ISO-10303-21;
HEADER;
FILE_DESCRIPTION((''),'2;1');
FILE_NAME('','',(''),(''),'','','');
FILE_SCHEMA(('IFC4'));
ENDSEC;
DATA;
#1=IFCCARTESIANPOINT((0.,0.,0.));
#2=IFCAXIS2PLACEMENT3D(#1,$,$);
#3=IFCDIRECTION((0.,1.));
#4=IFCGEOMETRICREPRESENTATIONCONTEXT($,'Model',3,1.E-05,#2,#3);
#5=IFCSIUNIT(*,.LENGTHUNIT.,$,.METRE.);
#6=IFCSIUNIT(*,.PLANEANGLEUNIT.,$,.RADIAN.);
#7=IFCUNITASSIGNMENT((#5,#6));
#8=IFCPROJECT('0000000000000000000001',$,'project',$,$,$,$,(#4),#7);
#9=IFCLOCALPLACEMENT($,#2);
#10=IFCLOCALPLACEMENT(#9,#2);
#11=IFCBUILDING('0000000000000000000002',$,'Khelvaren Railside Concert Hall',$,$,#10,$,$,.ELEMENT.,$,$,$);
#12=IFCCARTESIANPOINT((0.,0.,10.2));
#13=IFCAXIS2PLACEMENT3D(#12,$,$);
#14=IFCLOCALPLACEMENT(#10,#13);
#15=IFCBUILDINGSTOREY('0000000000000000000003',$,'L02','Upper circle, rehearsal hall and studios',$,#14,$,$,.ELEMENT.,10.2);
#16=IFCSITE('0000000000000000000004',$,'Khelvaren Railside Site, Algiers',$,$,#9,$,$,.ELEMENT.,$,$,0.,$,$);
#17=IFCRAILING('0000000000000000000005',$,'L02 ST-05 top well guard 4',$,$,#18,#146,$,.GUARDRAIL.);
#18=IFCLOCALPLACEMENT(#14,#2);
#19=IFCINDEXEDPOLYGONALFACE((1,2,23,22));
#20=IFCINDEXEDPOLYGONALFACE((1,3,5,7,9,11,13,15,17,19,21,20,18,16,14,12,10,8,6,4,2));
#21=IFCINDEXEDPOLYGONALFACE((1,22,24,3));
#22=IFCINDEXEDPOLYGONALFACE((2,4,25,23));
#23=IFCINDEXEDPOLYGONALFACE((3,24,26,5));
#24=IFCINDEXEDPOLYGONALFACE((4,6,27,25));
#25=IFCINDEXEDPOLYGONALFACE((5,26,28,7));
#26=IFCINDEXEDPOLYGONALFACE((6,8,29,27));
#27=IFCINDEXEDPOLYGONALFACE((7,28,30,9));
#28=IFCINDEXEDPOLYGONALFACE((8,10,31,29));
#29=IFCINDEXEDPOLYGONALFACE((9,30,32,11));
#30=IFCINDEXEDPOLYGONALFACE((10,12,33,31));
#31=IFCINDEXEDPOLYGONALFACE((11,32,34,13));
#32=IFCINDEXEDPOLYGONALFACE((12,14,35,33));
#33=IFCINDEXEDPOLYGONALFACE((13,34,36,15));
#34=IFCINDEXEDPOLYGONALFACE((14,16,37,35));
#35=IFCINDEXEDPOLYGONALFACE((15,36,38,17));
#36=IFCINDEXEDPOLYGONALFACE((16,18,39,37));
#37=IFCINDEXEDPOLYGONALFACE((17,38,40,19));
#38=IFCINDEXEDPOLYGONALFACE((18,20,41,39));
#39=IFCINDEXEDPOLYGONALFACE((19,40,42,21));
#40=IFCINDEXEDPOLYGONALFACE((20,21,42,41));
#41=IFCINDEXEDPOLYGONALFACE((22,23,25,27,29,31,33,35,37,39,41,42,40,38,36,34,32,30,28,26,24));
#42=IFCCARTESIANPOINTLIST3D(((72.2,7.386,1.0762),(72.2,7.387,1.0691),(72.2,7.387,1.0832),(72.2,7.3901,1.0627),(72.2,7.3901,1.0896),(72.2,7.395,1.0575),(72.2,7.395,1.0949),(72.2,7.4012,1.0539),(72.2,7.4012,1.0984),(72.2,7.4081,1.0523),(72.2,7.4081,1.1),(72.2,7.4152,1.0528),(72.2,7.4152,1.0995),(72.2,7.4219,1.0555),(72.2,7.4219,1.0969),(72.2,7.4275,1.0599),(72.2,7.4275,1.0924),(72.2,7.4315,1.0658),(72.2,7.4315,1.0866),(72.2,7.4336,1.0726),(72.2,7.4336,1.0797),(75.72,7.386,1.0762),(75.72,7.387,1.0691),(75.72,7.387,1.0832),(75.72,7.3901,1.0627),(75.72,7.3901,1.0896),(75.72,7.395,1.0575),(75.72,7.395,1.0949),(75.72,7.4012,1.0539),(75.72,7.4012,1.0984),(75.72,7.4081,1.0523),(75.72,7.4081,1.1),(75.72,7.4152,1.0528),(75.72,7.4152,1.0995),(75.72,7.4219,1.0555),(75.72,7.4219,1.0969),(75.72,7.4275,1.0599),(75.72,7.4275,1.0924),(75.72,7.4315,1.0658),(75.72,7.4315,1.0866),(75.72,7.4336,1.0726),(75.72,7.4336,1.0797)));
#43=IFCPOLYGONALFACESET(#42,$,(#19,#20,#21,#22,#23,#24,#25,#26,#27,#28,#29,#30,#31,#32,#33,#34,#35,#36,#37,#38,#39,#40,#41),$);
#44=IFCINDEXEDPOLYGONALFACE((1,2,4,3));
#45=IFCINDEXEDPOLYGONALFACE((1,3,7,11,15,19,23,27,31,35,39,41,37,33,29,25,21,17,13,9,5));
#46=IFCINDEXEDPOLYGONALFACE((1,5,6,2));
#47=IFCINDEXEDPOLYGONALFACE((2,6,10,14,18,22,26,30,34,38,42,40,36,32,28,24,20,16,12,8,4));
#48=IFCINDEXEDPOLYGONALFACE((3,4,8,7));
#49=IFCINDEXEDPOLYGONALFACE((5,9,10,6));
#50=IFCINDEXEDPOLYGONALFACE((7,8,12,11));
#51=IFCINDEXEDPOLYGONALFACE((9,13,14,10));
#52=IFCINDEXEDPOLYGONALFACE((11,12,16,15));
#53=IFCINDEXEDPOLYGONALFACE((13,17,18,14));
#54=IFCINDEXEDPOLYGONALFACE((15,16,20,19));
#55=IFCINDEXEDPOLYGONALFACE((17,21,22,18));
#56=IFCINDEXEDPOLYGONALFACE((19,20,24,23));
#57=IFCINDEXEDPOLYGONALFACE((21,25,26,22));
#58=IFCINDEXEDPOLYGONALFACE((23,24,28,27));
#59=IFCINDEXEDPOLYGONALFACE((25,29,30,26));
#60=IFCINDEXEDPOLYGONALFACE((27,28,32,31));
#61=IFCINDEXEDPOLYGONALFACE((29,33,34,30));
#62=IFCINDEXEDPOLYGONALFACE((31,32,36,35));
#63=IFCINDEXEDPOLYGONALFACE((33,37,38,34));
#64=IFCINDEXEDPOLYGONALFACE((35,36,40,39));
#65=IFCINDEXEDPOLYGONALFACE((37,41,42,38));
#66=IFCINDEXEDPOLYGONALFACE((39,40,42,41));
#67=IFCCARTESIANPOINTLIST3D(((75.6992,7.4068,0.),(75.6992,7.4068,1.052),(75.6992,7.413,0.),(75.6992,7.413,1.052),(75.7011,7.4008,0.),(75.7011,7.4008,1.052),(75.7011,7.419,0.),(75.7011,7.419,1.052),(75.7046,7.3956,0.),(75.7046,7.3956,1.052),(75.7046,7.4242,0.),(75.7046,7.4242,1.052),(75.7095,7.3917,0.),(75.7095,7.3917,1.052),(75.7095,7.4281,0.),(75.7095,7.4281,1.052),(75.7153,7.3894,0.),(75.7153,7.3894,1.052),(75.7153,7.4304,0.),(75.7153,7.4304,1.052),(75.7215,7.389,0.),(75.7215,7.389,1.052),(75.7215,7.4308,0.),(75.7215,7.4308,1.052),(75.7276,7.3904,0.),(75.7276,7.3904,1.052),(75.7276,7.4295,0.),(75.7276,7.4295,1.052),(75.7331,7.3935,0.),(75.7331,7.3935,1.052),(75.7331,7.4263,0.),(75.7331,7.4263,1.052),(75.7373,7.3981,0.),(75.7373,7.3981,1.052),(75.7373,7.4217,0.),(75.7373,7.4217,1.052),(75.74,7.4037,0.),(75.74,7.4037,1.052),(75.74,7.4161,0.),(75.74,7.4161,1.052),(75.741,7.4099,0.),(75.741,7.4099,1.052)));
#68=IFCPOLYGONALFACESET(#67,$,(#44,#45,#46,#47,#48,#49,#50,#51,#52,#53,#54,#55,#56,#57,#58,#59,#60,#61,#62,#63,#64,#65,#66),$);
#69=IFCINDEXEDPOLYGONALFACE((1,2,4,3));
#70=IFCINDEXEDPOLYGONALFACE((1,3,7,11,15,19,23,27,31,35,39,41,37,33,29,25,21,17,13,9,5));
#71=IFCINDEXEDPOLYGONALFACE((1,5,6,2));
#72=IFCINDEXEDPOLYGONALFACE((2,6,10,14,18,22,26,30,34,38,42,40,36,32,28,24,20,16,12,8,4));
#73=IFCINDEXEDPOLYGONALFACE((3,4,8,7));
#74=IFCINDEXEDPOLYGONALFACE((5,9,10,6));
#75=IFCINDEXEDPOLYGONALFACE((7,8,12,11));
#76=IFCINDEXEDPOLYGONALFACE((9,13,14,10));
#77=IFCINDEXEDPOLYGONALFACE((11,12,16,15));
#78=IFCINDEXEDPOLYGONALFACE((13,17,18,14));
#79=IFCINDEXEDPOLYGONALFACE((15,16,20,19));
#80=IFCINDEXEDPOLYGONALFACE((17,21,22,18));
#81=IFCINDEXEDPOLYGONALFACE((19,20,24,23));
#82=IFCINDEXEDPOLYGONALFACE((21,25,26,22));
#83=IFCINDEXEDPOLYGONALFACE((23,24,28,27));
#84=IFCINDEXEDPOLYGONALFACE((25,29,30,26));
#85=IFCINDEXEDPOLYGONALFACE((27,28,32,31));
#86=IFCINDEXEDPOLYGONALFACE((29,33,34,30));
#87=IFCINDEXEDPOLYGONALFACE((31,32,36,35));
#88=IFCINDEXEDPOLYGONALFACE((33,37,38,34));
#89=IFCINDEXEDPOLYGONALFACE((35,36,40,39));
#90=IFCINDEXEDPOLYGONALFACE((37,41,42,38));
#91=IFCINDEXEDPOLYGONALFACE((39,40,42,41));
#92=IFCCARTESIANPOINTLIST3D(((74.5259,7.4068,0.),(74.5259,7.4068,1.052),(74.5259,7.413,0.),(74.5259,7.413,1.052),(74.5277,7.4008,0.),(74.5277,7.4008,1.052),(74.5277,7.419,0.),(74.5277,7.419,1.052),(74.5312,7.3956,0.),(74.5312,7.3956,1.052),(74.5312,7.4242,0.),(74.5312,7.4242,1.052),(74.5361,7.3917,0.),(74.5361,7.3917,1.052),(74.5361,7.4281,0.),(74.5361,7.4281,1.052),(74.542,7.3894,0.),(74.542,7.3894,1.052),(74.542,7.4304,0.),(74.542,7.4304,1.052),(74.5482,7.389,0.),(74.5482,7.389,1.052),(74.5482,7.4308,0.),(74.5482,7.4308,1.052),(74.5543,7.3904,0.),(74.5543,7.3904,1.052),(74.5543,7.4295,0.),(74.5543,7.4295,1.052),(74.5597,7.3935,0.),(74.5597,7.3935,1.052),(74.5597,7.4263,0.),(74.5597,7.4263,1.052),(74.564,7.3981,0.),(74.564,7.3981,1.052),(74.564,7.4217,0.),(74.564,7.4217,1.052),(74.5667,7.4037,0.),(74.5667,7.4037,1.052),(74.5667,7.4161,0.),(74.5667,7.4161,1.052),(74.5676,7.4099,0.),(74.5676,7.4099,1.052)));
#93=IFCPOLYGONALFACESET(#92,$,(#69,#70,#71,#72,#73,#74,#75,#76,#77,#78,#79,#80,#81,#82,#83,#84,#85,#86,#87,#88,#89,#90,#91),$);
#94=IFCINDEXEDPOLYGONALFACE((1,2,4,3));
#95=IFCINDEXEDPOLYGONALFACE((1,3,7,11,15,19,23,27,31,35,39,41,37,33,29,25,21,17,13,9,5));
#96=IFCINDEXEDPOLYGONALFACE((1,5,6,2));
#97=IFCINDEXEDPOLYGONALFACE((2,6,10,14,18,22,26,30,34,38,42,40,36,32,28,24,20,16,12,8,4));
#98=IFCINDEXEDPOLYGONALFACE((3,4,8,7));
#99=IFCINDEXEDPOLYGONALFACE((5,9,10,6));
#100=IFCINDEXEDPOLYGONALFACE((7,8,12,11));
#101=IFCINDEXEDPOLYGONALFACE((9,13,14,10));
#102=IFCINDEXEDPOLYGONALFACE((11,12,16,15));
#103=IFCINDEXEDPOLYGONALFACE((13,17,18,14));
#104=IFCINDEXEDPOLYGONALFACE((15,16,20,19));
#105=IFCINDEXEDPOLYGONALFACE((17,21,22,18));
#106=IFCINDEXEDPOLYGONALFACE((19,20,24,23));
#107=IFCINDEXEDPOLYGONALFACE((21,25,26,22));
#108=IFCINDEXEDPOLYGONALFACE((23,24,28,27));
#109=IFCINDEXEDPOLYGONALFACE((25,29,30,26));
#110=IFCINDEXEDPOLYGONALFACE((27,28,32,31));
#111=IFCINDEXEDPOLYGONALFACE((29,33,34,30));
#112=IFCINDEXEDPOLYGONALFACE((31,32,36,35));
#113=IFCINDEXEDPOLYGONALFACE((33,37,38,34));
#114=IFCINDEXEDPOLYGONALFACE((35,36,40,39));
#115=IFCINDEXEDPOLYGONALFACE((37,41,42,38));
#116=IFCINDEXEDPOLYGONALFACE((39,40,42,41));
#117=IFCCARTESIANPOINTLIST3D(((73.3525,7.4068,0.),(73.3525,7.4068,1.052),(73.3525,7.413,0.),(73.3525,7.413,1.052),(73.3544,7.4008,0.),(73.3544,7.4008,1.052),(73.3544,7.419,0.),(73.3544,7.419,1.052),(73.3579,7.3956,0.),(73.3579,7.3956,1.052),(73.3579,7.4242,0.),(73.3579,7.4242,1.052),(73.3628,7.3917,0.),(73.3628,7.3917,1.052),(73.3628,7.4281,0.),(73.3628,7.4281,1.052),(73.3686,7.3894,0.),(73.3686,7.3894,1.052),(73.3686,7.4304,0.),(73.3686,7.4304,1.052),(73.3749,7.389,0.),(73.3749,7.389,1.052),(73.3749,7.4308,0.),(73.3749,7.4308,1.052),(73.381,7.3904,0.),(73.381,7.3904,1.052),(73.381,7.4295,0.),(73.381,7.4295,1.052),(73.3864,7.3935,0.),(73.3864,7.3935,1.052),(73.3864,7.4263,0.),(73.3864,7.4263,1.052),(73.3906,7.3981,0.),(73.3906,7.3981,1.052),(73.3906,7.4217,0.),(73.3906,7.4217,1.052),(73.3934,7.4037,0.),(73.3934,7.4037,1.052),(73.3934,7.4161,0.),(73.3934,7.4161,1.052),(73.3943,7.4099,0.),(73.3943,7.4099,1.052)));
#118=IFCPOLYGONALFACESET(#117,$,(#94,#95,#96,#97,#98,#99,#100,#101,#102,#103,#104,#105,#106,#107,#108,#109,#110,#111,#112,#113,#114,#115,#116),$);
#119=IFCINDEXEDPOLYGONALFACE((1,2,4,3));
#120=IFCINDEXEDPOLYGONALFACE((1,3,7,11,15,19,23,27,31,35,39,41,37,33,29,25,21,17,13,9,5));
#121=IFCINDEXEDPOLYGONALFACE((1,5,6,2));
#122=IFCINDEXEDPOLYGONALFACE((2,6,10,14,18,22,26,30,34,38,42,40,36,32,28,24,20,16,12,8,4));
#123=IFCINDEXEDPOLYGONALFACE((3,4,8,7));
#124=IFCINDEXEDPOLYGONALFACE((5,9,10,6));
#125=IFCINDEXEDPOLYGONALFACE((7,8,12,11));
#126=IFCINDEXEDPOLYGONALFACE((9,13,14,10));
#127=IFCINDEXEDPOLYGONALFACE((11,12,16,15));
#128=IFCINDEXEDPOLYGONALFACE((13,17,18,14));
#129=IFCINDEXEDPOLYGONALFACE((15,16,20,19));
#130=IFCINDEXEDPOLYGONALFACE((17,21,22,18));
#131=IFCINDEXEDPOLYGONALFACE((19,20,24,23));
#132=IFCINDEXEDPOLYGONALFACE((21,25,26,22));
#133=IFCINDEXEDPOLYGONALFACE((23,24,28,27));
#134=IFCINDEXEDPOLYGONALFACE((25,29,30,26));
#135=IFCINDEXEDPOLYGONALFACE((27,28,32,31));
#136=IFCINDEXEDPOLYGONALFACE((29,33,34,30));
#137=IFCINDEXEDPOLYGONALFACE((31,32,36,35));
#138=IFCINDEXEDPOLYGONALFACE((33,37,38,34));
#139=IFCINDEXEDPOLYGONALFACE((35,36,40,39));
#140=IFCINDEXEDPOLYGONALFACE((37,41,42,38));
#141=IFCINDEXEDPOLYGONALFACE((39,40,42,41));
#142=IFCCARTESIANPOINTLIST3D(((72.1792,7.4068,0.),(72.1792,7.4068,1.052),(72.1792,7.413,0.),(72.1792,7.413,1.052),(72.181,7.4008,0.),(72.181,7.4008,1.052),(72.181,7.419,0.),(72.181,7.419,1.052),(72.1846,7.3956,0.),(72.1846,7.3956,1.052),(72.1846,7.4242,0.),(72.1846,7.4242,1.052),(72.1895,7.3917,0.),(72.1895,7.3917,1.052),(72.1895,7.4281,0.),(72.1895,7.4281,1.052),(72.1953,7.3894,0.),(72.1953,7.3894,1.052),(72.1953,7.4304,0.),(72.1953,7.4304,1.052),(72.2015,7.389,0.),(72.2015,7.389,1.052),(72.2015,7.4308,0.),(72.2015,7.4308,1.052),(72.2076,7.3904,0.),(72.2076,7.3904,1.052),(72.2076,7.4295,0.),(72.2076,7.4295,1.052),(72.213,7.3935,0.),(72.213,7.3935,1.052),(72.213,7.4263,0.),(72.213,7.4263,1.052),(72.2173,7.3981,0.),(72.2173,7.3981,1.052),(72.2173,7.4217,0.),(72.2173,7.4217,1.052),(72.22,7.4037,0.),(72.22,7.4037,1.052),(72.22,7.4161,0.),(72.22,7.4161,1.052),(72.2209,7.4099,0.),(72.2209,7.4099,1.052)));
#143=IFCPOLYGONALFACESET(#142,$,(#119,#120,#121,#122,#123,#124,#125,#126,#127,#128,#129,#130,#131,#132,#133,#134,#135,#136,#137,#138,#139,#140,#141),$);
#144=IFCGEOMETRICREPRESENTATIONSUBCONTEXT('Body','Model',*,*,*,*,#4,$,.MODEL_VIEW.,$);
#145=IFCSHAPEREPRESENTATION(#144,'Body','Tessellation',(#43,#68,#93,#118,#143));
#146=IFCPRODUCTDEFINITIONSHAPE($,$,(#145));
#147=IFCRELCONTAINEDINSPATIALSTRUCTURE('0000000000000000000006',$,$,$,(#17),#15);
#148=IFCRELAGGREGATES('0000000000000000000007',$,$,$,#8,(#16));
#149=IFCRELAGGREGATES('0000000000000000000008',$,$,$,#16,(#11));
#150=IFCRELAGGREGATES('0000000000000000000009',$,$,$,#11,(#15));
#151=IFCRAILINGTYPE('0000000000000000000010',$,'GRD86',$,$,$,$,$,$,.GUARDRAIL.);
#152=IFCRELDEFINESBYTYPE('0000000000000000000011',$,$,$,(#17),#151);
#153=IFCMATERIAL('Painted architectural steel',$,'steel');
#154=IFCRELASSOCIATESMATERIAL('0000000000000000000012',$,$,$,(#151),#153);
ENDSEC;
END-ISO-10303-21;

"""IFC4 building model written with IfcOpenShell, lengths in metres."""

from ifc_helpers import new_model, si_unit, direction, frame, origin, origin_2d, place, context, subcontext, project, spatial, circle, extrude, material, type_object, element, save


model = new_model("IFC4")

# Units and contexts
model_context = context("Model", 3, precision=1e-05, world=origin(), true_north=direction((0.0, 1.0)))
body_context = subcontext(model_context, "Body", "Model", "MODEL_VIEW")
ifc_project = project(units=[si_unit("LENGTHUNIT", "METRE"), si_unit("PLANEANGLEUNIT", "RADIAN")], contexts=[model_context])

# Site, building, storey
site_placement = place(None, origin())
site = spatial("IfcSite", under=ifc_project, at=site_placement, Name="Khelvaren Railside Site, Algiers", CompositionType="ELEMENT", RefElevation=0.0)
building_placement = place(site_placement, origin())
building = spatial("IfcBuilding", under=site, at=building_placement, Name="Khelvaren Railside Concert Hall", CompositionType="ELEMENT")
storey_placement = place(building_placement, frame((0.0, 0.0, 10.2)))
storey = spatial("IfcBuildingStorey", under=building, at=storey_placement, Name="L02", Description="Upper circle, rehearsal hall and studios", CompositionType="ELEMENT", Elevation=10.2)

# Railing
ifc_material_1 = material(Name="Painted architectural steel", Category="steel")
railing_type = type_object("IfcRailingType", Name="GRD86", PredefinedType="GUARDRAIL", material=ifc_material_1)
railing_1_placement = place(storey_placement, frame((75.72, 7.4099, 0.0)))
element("IfcRailing", 1, at=railing_1_placement, inside=storey, type_object=railing_type, Name="L02 ST-05 top well guard 4", PredefinedType="GUARDRAIL", context=body_context, shape_type="SweptSolid", body=[
    extrude(circle(Radius=0.0239, at=origin_2d()), frame((0.0, 0.0, 1.0762), z_axis=(-1.0, 0.0, 0.0), x_axis=(0.0, -1.0, 0.0)), (0.0, 0.0, 1.0), 3.52),
    extrude(circle(Radius=0.021, at=origin_2d()), origin(), (0.0, 0.0, 1.0), 1.052),
    extrude(circle(Radius=0.021, at=origin_2d()), frame((-1.1733, 0.0, 0.0)), (0.0, 0.0, 1.0), 1.052),
    extrude(circle(Radius=0.021, at=origin_2d()), frame((-2.3467, 0.0, 0.0)), (0.0, 0.0, 1.0), 1.052),
    extrude(circle(Radius=0.021, at=origin_2d()), frame((-3.52, 0.0, 0.0)), (0.0, 0.0, 1.0), 1.052),
])

save(model, "model.ifc")
